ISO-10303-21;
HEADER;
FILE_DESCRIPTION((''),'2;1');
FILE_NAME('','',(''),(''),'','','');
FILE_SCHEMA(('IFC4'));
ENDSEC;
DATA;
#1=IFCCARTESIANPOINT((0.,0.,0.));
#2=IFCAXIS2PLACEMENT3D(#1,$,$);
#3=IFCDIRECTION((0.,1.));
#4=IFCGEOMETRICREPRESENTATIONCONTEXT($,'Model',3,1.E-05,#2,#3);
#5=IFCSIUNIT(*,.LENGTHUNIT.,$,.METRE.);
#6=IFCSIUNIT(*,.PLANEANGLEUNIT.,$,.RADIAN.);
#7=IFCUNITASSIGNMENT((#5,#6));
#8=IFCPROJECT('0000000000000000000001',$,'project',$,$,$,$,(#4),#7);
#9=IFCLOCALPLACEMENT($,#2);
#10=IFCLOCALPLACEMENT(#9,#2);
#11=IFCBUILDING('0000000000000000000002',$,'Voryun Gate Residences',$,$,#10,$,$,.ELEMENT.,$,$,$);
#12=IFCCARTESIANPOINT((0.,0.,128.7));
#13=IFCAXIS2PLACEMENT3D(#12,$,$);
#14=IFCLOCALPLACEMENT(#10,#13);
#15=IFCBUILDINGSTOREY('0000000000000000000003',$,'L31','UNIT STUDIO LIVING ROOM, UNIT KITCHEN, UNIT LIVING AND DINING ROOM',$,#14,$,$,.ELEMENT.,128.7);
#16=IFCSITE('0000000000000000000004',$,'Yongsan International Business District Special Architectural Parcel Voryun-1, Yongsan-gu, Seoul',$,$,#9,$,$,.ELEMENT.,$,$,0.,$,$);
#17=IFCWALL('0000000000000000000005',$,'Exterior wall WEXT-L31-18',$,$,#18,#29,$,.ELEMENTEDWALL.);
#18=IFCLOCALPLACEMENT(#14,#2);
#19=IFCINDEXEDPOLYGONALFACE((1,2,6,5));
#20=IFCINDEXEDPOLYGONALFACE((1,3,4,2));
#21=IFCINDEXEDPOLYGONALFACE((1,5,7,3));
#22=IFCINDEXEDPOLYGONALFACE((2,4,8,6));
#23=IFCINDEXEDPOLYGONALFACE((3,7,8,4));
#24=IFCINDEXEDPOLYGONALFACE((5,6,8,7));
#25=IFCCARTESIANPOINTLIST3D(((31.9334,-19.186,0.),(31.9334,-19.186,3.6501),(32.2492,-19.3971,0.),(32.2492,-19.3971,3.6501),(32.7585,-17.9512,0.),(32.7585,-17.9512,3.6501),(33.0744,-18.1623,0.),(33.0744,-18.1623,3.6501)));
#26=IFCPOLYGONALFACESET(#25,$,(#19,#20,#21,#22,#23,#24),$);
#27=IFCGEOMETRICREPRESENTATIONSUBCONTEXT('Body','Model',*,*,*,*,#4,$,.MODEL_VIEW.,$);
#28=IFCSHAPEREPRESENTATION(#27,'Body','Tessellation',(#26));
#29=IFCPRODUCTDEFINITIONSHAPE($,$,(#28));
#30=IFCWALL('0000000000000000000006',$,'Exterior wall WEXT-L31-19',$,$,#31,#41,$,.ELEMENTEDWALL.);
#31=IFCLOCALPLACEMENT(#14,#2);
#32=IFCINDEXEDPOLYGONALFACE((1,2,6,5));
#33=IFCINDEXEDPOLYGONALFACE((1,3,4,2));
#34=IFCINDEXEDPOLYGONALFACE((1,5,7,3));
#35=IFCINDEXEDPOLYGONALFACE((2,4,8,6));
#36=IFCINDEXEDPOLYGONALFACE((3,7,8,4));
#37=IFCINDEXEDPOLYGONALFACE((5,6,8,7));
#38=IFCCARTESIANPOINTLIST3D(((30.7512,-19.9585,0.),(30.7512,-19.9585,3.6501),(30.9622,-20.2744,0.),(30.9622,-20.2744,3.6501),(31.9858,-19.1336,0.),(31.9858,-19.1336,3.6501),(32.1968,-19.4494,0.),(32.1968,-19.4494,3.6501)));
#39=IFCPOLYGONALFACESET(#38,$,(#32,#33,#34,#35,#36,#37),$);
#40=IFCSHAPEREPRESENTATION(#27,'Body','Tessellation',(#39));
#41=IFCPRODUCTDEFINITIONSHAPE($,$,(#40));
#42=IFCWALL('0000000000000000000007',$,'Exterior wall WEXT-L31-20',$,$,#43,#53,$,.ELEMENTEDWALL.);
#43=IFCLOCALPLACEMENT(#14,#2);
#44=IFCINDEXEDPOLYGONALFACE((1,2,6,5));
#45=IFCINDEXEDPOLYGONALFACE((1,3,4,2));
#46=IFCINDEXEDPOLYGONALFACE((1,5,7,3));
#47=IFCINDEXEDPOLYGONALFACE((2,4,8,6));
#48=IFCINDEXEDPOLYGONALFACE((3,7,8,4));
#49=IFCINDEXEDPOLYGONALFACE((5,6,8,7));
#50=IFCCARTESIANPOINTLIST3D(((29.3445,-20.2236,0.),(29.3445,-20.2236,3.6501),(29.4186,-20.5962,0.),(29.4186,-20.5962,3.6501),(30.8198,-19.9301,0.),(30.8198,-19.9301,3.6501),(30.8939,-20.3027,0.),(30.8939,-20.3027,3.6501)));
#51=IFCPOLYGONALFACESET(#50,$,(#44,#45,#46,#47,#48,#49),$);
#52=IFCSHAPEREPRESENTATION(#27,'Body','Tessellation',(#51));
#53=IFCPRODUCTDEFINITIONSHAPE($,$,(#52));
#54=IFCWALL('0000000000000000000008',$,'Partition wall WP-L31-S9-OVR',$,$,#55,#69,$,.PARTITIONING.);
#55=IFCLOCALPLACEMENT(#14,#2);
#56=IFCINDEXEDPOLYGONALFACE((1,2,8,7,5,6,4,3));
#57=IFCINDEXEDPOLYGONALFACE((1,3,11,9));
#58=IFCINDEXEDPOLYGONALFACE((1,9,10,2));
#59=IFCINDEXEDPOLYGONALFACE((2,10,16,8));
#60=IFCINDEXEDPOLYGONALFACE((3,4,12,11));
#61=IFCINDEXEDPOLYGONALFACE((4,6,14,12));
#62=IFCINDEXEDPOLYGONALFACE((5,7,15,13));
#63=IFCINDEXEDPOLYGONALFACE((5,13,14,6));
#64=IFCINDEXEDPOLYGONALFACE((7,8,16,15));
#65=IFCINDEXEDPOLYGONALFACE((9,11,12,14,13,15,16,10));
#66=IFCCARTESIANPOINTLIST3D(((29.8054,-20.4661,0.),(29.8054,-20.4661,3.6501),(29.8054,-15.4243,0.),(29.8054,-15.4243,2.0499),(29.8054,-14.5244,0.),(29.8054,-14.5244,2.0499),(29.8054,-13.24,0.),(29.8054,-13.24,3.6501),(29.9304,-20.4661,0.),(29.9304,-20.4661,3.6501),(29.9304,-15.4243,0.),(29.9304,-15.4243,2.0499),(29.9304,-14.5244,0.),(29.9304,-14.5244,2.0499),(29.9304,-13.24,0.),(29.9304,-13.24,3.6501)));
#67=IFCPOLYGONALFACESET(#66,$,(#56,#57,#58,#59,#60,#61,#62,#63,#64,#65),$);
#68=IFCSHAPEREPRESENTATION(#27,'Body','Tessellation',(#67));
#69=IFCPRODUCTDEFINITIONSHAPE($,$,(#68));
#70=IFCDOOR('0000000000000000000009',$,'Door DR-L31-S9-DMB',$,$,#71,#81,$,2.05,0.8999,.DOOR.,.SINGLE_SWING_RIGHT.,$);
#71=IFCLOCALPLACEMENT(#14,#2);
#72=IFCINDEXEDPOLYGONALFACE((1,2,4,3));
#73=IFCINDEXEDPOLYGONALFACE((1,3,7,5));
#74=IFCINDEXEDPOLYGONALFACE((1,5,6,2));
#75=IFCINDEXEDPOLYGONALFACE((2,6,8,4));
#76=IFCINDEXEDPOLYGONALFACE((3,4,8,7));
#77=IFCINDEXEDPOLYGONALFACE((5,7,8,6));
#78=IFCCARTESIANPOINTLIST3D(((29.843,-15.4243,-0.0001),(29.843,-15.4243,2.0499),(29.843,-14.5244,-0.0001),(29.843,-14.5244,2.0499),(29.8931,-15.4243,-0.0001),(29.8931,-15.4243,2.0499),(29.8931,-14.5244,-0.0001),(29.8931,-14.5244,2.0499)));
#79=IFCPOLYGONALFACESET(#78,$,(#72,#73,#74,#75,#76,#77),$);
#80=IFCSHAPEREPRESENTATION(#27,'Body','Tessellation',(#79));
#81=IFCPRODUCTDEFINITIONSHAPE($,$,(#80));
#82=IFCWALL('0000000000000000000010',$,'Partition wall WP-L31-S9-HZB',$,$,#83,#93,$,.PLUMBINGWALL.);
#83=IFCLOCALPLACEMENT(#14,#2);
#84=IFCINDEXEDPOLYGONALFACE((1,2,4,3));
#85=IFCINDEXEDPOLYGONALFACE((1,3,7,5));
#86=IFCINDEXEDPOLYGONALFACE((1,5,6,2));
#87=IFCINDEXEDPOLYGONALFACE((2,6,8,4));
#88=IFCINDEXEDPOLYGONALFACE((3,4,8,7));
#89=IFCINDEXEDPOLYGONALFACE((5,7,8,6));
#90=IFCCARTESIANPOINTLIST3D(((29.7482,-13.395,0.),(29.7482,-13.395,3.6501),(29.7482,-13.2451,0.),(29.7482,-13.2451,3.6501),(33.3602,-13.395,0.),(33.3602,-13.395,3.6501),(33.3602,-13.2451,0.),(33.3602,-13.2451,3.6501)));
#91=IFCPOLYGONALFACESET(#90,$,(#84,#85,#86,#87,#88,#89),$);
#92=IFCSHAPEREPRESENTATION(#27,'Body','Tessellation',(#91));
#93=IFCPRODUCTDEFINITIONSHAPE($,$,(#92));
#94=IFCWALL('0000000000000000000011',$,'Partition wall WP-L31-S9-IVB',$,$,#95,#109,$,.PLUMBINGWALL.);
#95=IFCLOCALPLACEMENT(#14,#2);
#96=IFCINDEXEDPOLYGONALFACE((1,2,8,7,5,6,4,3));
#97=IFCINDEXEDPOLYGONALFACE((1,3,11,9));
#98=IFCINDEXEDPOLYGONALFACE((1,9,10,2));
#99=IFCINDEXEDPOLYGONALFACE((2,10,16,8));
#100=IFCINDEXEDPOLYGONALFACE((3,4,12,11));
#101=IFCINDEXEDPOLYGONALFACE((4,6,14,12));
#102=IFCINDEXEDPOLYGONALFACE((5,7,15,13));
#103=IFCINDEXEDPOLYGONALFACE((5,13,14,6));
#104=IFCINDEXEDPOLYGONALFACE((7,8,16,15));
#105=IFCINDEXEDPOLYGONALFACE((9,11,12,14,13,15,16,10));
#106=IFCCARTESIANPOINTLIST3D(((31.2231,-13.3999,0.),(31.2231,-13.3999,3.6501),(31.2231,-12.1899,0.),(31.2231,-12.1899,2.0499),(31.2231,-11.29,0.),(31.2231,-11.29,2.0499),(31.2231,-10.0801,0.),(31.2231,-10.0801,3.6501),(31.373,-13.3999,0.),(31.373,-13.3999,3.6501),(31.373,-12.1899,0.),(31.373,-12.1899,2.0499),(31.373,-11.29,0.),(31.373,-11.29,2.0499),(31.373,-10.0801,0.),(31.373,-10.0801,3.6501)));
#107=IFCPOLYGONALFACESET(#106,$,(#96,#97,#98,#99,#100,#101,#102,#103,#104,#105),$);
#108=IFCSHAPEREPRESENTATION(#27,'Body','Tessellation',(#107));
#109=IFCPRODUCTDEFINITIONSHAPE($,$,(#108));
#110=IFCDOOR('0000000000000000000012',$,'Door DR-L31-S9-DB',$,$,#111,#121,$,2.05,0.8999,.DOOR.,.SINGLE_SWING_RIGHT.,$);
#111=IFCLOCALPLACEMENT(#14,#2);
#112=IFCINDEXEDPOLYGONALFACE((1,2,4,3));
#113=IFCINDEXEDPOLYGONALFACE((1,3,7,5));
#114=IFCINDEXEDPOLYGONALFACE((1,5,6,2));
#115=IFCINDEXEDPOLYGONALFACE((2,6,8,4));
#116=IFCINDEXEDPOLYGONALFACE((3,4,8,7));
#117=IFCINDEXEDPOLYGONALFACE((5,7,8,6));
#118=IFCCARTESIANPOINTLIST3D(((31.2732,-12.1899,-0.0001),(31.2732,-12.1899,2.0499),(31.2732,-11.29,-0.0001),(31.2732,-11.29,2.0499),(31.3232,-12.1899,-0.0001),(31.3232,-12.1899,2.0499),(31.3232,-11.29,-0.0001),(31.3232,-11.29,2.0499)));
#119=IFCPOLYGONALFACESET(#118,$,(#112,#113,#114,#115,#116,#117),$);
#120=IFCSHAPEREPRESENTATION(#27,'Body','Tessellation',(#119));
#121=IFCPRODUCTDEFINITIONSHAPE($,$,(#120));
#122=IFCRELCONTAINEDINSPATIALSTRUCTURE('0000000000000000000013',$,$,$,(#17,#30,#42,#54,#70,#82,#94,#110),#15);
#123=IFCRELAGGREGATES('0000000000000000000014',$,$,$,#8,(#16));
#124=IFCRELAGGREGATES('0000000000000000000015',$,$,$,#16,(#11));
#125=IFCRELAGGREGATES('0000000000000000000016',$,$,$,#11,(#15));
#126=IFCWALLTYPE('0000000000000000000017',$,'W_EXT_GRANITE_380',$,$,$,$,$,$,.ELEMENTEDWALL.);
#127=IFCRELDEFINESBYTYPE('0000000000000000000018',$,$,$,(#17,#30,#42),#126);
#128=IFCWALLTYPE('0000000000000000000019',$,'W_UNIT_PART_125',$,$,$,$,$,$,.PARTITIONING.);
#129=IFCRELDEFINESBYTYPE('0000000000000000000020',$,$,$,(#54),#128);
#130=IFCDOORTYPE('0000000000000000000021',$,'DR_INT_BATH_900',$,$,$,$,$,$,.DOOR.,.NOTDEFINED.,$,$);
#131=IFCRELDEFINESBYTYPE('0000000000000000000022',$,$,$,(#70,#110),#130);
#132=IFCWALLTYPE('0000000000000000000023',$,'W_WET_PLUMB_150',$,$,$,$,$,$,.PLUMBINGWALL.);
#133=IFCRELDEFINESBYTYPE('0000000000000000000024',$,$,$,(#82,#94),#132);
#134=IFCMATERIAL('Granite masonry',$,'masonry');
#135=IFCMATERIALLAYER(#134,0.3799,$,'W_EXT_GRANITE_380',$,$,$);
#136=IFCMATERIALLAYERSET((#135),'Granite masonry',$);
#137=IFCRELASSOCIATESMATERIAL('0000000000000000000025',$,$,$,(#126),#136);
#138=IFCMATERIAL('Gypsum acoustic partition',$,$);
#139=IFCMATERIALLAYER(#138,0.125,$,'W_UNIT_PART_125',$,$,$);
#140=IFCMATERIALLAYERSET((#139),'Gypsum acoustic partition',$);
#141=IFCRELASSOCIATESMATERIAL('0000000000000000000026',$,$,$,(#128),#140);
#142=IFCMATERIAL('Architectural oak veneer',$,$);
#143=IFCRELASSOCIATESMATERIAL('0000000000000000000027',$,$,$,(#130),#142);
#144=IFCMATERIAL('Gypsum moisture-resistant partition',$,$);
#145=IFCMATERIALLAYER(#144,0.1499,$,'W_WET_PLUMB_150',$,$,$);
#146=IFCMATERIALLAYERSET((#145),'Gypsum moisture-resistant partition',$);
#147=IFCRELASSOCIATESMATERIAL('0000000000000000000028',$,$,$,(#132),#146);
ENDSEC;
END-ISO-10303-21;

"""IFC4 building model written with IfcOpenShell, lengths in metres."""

from ifc_helpers import new_model, si_unit, direction, frame, frame_2d, origin, place, context, subcontext, project, spatial, rectangle, extrude, material, layer, layer_set, type_object, element, fill, save


model = new_model("IFC4")

# Units and contexts
model_context = context("Model", 3, precision=1e-05, world=origin(), true_north=direction((0.0, 1.0)))
body_context = subcontext(model_context, "Body", "Model", "MODEL_VIEW")
ifc_project = project(units=[si_unit("LENGTHUNIT", "METRE"), si_unit("PLANEANGLEUNIT", "RADIAN")], contexts=[model_context])

# Site, building, storey
site_placement = place(None, origin())
site = spatial("IfcSite", under=ifc_project, at=site_placement, Name="Yongsan International Business District Special Architectural Parcel Voryun-1, Yongsan-gu, Seoul", CompositionType="ELEMENT", RefElevation=0.0)
building_placement = place(site_placement, origin())
building = spatial("IfcBuilding", under=site, at=building_placement, Name="Voryun Gate Residences", CompositionType="ELEMENT")
storey_placement = place(building_placement, frame((0.0, 0.0, 128.7)))
storey = spatial("IfcBuildingStorey", under=building, at=storey_placement, Name="L31", Description="UNIT STUDIO LIVING ROOM, UNIT KITCHEN, UNIT LIVING AND DINING ROOM", CompositionType="ELEMENT", Elevation=128.7)

# Walls
ifc_material_1 = material(Name="Granite masonry", Category="masonry")
ifc_layer_1 = layer(ifc_material_1, 0.3799, Name="W_EXT_GRANITE_380")
ifc_layer_set_1 = layer_set([ifc_layer_1], Name="Granite masonry")
wall_type_1 = type_object("IfcWallType", Name="W_EXT_GRANITE_380", PredefinedType="ELEMENTEDWALL", material=ifc_layer_set_1)
wall_1_placement = place(storey_placement, frame((32.9165, -18.0566, 0.0), z_axis=(0.0, 0.0, 1.0), x_axis=(-0.55561, -0.831443, 0.0)))
element("IfcWall", 1, at=wall_1_placement, inside=storey, type_object=wall_type_1, Name="Exterior wall WEXT-L31-18", PredefinedType="ELEMENTEDWALL", context=body_context, shape_type="SweptSolid", body=[
    extrude(rectangle(XDim=1.4851, YDim=0.3799, at=frame_2d((0.7427, 0.0))), origin(), (0.0, 0.0, 1.0), 3.6501),
])
wall_2_placement = place(storey_placement, frame((32.0913, -19.2915, 0.0), z_axis=(0.0, 0.0, 1.0), x_axis=(-0.831468, -0.555573, 0.0)))
element("IfcWall", 2, at=wall_2_placement, inside=storey, type_object=wall_type_1, Name="Exterior wall WEXT-L31-19", PredefinedType="ELEMENTEDWALL", context=body_context, shape_type="SweptSolid", body=[
    extrude(rectangle(XDim=1.4849, YDim=0.3799, at=frame_2d((0.7424, 0.0))), origin(), (0.0, 0.0, 1.0), 3.6501),
])
wall_3_placement = place(storey_placement, frame((30.8567, -20.1165, 0.0), z_axis=(0.0, 0.0, 1.0), x_axis=(-0.980786, -0.195086, 0.0)))
element("IfcWall", 3, at=wall_3_placement, inside=storey, type_object=wall_type_1, Name="Exterior wall WEXT-L31-20", PredefinedType="ELEMENTEDWALL", context=body_context, shape_type="SweptSolid", body=[
    extrude(rectangle(XDim=1.5042, YDim=0.3799, at=frame_2d((0.752, 0.0))), origin(), (0.0, 0.0, 1.0), 3.6501),
])

# Wall, opening, door
ifc_material_2 = material(Name="Gypsum acoustic partition")
ifc_layer_2 = layer(ifc_material_2, 0.125, Name="W_UNIT_PART_125")
ifc_layer_set_2 = layer_set([ifc_layer_2], Name="Gypsum acoustic partition")
wall_type_2 = type_object("IfcWallType", Name="W_UNIT_PART_125", PredefinedType="PARTITIONING", material=ifc_layer_set_2)
wall_4_placement = place(storey_placement, frame((29.8679, -20.4661, 0.0), z_axis=(0.0, 0.0, 1.0), x_axis=(0.0, 1.0, 0.0)))
wall_4 = element("IfcWall", 4, at=wall_4_placement, inside=storey, type_object=wall_type_2, Name="Partition wall WP-L31-S9-OVR", PredefinedType="PARTITIONING", context=body_context, shape_type="SweptSolid", body=[
    extrude(rectangle(XDim=7.2261, YDim=0.125, at=frame_2d((3.613, 0.0))), origin(), (0.0, 0.0, 1.0), 3.6501),
])
opening_1_placement = place(wall_4_placement, frame((5.0417, 0.0, 0.0)))
opening_1 = element("IfcOpeningElement", 5, at=opening_1_placement, cuts=wall_4, PredefinedType="OPENING", context=body_context, shape_type="SweptSolid", body=[
    extrude(rectangle(XDim=0.8999, YDim=2.05, at=frame_2d((0.45, 1.0249))), frame((0.0, 0.0725, 0.0), z_axis=(0.0, -1.0, 0.0), x_axis=(1.0, 0.0, 0.0)), (0.0, 0.0, 1.0), 0.145),
])
ifc_material_3 = material(Name="Architectural oak veneer")
door_type = type_object("IfcDoorType", Name="DR_INT_BATH_900", OperationType="NOTDEFINED", PredefinedType="DOOR", material=ifc_material_3)
door_1_placement = place(opening_1_placement, origin())
door_1 = element("IfcDoor", 6, at=door_1_placement, inside=storey, type_object=door_type, Name="Door DR-L31-S9-DMB", OperationType="SINGLE_SWING_RIGHT", OverallHeight=2.05, OverallWidth=0.8999, PredefinedType="DOOR", context=body_context, shape_type="SweptSolid", body=[
    extrude(rectangle(XDim=0.8999, YDim=2.05, at=frame_2d((0.45, 1.0249))), frame((0.0, 0.0249, 0.0), z_axis=(0.0, -1.0, 0.0), x_axis=(1.0, 0.0, 0.0)), (0.0, 0.0, 1.0), 0.05),
])
fill(opening_1, door_1)

# Wall
ifc_material_4 = material(Name="Gypsum moisture-resistant partition")
ifc_layer_3 = layer(ifc_material_4, 0.1499, Name="W_WET_PLUMB_150")
ifc_layer_set_3 = layer_set([ifc_layer_3], Name="Gypsum moisture-resistant partition")
wall_type_3 = type_object("IfcWallType", Name="W_WET_PLUMB_150", PredefinedType="PLUMBINGWALL", material=ifc_layer_set_3)
wall_5_placement = place(storey_placement, frame((29.748, -13.3201, 0.0), z_axis=(0.0, 0.0, 1.0), x_axis=(1.0, 0.0, 0.0)))
element("IfcWall", 7, at=wall_5_placement, inside=storey, type_object=wall_type_3, Name="Partition wall WP-L31-S9-HZB", PredefinedType="PLUMBINGWALL", context=body_context, shape_type="SweptSolid", body=[
    extrude(rectangle(XDim=3.6121, YDim=0.1499, at=frame_2d((1.8062, 0.0))), origin(), (0.0, 0.0, 1.0), 3.6501),
])

# Wall, opening, door
wall_6_placement = place(storey_placement, frame((31.2981, -13.3999, 0.0), z_axis=(0.0, 0.0, 1.0), x_axis=(0.0, 1.0, 0.0)))
wall_6 = element("IfcWall", 8, at=wall_6_placement, inside=storey, type_object=wall_type_3, Name="Partition wall WP-L31-S9-IVB", PredefinedType="PLUMBINGWALL", context=body_context, shape_type="SweptSolid", body=[
    extrude(rectangle(XDim=3.3198, YDim=0.1499, at=frame_2d((1.6599, 0.0))), origin(), (0.0, 0.0, 1.0), 3.6501),
])
opening_2_placement = place(wall_6_placement, frame((1.21, 0.0, 0.0)))
opening_2 = element("IfcOpeningElement", 9, at=opening_2_placement, cuts=wall_6, PredefinedType="OPENING", context=body_context, shape_type="SweptSolid", body=[
    extrude(rectangle(XDim=0.8999, YDim=2.05, at=frame_2d((0.45, 1.0249))), frame((0.0, 0.085, 0.0), z_axis=(0.0, -1.0, 0.0), x_axis=(1.0, 0.0, 0.0)), (0.0, 0.0, 1.0), 0.1699),
])
door_2_placement = place(opening_2_placement, origin())
door_2 = element("IfcDoor", 10, at=door_2_placement, inside=storey, type_object=door_type, Name="Door DR-L31-S9-DB", OperationType="SINGLE_SWING_RIGHT", OverallHeight=2.05, OverallWidth=0.8999, PredefinedType="DOOR", context=body_context, shape_type="SweptSolid", body=[
    extrude(rectangle(XDim=0.8999, YDim=2.05, at=frame_2d((0.45, 1.0249))), frame((0.0, 0.0249, 0.0), z_axis=(0.0, -1.0, 0.0), x_axis=(1.0, 0.0, 0.0)), (0.0, 0.0, 1.0), 0.05),
])
fill(opening_2, door_2)

save(model, "model.ifc")
